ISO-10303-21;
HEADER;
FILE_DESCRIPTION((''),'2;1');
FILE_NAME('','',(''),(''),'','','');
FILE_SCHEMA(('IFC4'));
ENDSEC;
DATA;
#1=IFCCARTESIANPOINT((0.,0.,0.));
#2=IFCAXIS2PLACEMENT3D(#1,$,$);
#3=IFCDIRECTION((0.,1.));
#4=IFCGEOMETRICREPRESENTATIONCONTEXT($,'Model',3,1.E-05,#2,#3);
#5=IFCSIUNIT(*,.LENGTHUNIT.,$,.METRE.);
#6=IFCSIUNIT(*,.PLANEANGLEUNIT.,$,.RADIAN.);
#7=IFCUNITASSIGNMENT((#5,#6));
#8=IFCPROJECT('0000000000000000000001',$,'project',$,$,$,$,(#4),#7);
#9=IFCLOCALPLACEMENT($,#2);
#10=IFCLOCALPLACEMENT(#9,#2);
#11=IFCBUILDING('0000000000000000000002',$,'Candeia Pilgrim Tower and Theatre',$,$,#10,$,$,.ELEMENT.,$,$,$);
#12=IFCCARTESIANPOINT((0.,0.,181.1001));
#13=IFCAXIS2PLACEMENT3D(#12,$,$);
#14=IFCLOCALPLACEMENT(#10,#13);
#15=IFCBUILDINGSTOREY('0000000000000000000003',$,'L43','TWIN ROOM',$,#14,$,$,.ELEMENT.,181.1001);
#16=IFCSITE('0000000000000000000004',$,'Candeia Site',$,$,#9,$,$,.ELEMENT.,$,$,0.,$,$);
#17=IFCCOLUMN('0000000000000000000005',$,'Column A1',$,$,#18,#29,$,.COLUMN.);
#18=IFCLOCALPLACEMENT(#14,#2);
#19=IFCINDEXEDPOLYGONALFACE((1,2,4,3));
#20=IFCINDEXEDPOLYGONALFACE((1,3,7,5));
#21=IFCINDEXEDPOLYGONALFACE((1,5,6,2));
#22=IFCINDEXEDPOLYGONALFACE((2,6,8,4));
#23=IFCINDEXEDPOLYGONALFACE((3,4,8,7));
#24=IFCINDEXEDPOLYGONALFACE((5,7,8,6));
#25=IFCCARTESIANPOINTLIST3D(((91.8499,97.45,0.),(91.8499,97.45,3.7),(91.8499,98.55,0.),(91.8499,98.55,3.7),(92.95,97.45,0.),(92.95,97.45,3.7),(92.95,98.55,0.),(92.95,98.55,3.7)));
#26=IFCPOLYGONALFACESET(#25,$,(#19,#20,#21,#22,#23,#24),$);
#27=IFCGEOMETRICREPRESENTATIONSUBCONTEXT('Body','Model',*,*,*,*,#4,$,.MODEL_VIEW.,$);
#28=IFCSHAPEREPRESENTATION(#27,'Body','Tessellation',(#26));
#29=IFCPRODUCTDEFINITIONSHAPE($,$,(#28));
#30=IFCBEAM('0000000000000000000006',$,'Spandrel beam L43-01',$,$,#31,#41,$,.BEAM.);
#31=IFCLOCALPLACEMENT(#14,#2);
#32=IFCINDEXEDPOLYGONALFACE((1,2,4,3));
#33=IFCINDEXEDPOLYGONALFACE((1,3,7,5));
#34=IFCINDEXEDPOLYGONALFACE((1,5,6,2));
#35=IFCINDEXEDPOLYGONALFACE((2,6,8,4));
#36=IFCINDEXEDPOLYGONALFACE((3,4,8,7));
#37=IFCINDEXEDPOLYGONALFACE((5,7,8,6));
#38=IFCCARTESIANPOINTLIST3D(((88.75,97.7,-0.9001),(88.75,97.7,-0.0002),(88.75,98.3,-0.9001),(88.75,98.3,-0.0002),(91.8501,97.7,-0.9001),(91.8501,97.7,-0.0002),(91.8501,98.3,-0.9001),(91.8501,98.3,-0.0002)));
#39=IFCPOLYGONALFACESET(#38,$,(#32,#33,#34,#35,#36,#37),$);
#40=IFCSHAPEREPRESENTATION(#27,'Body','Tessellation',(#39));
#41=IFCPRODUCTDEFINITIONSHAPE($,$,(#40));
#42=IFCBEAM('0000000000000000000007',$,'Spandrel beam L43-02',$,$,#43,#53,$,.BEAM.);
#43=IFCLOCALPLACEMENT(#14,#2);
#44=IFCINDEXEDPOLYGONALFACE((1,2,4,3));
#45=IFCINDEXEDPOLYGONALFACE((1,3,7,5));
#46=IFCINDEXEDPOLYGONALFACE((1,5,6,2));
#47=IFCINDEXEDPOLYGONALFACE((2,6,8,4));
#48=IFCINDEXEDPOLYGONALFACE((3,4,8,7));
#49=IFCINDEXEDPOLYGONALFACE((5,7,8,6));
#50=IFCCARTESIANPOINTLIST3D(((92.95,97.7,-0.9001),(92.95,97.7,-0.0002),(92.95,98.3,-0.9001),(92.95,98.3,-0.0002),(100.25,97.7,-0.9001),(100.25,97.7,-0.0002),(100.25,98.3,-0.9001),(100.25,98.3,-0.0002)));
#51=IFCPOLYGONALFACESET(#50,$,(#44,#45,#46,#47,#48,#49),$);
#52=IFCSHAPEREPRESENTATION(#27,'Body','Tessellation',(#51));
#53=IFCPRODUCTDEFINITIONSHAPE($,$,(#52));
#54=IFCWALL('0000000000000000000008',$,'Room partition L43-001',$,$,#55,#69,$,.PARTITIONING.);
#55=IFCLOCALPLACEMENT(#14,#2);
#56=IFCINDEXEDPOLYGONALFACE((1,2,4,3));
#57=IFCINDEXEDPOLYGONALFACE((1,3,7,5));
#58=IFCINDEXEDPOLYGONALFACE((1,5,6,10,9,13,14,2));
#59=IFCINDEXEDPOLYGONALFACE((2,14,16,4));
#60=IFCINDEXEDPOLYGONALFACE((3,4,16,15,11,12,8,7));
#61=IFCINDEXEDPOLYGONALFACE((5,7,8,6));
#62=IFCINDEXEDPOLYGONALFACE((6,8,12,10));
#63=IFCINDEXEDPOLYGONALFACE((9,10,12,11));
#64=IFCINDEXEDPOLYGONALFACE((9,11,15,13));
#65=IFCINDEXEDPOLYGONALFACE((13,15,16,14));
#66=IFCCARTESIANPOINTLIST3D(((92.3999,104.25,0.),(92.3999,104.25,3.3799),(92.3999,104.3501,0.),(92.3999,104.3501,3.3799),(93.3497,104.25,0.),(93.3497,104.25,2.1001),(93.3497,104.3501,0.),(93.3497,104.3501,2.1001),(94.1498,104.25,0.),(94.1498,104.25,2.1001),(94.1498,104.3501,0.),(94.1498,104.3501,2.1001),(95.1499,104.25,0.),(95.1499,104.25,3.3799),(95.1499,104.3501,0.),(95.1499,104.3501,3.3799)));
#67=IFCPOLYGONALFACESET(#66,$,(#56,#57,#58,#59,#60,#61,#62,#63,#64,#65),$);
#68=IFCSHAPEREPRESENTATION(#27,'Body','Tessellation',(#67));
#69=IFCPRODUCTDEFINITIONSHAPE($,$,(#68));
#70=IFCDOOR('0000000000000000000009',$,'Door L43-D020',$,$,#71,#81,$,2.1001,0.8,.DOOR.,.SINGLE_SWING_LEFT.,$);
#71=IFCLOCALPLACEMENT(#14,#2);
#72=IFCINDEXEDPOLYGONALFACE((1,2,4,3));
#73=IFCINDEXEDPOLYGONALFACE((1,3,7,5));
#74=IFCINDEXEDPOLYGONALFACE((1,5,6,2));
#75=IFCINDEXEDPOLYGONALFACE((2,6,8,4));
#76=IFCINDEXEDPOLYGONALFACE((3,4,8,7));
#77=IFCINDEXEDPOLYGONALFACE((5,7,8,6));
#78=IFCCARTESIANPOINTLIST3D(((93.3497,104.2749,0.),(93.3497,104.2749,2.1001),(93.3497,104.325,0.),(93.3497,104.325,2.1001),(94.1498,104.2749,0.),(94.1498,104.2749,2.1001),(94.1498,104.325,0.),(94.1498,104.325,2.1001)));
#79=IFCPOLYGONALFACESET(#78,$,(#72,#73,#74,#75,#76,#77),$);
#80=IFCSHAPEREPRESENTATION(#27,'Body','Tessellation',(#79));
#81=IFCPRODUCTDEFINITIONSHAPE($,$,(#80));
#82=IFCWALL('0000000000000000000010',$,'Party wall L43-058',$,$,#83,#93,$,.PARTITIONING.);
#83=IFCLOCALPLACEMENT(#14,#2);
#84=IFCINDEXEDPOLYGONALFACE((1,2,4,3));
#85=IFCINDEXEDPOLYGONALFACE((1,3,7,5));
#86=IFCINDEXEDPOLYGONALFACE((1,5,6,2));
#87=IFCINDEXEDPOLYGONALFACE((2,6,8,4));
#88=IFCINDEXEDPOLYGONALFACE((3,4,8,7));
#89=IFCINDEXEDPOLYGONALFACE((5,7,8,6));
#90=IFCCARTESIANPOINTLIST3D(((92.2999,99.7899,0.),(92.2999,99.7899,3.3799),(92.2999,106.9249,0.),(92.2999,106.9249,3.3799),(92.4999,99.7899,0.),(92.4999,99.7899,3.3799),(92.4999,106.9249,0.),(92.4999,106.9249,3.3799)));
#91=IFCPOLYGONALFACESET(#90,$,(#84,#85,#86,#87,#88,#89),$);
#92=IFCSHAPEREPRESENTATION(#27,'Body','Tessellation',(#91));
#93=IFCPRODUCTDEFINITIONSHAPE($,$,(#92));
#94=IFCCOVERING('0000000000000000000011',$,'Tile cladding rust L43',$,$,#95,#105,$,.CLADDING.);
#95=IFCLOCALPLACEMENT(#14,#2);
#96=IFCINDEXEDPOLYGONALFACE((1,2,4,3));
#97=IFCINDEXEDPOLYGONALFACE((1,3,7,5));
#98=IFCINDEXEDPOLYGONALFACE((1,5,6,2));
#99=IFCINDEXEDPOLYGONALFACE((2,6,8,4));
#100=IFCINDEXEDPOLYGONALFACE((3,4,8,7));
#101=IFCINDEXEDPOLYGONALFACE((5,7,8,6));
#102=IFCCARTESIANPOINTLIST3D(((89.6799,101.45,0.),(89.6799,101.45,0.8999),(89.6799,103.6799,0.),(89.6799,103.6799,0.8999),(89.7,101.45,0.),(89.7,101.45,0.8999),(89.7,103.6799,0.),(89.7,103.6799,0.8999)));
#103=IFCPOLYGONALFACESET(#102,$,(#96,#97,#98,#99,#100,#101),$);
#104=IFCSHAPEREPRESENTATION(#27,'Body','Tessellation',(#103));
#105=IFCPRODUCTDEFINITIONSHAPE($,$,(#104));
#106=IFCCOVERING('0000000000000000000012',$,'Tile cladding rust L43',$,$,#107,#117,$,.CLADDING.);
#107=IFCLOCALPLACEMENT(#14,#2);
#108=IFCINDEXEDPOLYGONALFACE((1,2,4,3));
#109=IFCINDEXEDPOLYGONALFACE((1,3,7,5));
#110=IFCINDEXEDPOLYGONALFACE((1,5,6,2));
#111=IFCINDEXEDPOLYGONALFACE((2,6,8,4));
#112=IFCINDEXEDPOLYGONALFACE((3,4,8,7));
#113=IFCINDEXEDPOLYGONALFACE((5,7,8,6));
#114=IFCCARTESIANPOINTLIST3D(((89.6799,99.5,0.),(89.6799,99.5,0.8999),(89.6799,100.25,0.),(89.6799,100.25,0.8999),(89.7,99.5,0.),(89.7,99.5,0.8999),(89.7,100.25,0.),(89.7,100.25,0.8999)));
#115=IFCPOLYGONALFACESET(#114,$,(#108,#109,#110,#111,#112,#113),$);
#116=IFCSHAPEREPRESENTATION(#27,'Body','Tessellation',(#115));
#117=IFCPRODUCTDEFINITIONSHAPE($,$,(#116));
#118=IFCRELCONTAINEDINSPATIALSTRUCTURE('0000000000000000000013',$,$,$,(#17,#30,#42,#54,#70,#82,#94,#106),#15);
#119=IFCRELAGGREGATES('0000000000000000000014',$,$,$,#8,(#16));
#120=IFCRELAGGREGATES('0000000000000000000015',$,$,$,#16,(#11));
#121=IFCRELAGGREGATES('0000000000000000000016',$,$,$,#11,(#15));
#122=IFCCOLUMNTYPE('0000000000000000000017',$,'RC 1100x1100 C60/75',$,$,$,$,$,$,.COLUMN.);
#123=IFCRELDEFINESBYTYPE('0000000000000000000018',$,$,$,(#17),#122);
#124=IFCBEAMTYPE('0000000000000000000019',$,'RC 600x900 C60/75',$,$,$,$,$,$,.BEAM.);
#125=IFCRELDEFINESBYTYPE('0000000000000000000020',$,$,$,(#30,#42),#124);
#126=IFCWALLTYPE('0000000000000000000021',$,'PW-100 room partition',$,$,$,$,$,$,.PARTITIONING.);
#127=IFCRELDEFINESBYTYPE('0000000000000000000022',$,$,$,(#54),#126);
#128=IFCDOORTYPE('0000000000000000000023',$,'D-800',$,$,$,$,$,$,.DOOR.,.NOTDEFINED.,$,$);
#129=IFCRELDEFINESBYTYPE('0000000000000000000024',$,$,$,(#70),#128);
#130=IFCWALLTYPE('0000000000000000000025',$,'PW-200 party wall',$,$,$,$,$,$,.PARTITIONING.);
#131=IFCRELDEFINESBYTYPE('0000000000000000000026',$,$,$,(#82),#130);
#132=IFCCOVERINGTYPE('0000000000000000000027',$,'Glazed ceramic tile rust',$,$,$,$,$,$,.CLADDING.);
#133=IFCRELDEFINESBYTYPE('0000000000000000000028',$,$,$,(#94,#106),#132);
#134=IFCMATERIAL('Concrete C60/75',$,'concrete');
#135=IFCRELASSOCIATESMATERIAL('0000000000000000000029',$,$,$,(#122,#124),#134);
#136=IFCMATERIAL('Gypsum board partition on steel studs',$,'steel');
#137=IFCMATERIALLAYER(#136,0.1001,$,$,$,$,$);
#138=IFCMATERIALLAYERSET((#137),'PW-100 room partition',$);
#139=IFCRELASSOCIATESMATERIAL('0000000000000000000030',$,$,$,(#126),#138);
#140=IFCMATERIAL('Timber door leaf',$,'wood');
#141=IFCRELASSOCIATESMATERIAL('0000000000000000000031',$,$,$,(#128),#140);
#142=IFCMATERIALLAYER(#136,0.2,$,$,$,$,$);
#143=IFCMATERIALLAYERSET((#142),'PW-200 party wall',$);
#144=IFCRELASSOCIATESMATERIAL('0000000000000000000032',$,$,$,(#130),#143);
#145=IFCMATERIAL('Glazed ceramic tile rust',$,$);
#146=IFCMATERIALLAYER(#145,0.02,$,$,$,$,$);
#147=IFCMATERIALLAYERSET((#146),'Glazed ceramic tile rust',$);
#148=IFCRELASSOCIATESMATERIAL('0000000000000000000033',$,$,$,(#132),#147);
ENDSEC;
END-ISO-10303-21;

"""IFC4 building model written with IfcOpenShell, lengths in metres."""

from ifc_helpers import new_model, si_unit, direction, frame, frame_2d, origin, origin_2d, place, context, subcontext, project, spatial, rectangle, extrude, material, layer, layer_set, material_profile, profile_set, type_object, element, fill, save


model = new_model("IFC4")

# Units and contexts
model_context = context("Model", 3, precision=1e-05, world=origin(), true_north=direction((0.0, 1.0)))
body_context = subcontext(model_context, "Body", "Model", "MODEL_VIEW")
ifc_project = project(units=[si_unit("LENGTHUNIT", "METRE"), si_unit("PLANEANGLEUNIT", "RADIAN")], contexts=[model_context])

# Site, building, storey
site_placement = place(None, origin())
site = spatial("IfcSite", under=ifc_project, at=site_placement, Name="Candeia Site", CompositionType="ELEMENT", RefElevation=0.0)
building_placement = place(site_placement, origin())
building = spatial("IfcBuilding", under=site, at=building_placement, Name="Candeia Pilgrim Tower and Theatre", CompositionType="ELEMENT")
storey_placement = place(building_placement, frame((0.0, 0.0, 181.1001)))
storey = spatial("IfcBuildingStorey", under=building, at=storey_placement, Name="L43", Description="TWIN ROOM", CompositionType="ELEMENT", Elevation=181.1001)

# Column
ifc_material_1 = material(Name="Concrete C60/75", Category="concrete")
ifc_material_profile_1 = material_profile(ifc_material_1, rectangle(XDim=1.1001, YDim=1.1001, at=origin_2d()))
ifc_profile_set_1 = profile_set([ifc_material_profile_1], Name="Concrete C60/75")
column_type = type_object("IfcColumnType", Name="RC 1100x1100 C60/75", PredefinedType="COLUMN", material=ifc_profile_set_1)
column_placement = place(storey_placement, frame((92.3999, 98.0, 0.0), z_axis=(0.0, 0.0, 1.0), x_axis=(1.0, 0.0, 0.0)))
element("IfcColumn", 1, at=column_placement, inside=storey, type_object=column_type, Name="Column A1", PredefinedType="COLUMN", context=body_context, shape_type="SweptSolid", body=[
    extrude(rectangle(XDim=1.1001, YDim=1.1001, at=origin_2d()), origin(), (0.0, 0.0, 1.0), 3.7),
])

# Beams
ifc_material_profile_2 = material_profile(ifc_material_1, rectangle(XDim=0.6001, YDim=0.8999, at=origin_2d()))
ifc_profile_set_2 = profile_set([ifc_material_profile_2], Name="Concrete C60/75")
beam_type = type_object("IfcBeamType", Name="RC 600x900 C60/75", PredefinedType="BEAM", material=ifc_profile_set_2)
beam_1_placement = place(storey_placement, frame((88.75, 98.0, -0.4502), z_axis=(1.0, 0.0, 0.0), x_axis=(0.0, 1.0, 0.0)))
element("IfcBeam", 2, at=beam_1_placement, inside=storey, type_object=beam_type, Name="Spandrel beam L43-01", PredefinedType="BEAM", context=body_context, shape_type="SweptSolid", body=[
    extrude(rectangle(XDim=0.6001, YDim=0.8999, at=origin_2d()), origin(), (0.0, 0.0, 1.0), 3.1001),
])
beam_2_placement = place(storey_placement, frame((92.95, 98.0, -0.4502), z_axis=(1.0, 0.0, 0.0), x_axis=(0.0, 1.0, 0.0)))
element("IfcBeam", 3, at=beam_2_placement, inside=storey, type_object=beam_type, Name="Spandrel beam L43-02", PredefinedType="BEAM", context=body_context, shape_type="SweptSolid", body=[
    extrude(rectangle(XDim=0.6001, YDim=0.8999, at=origin_2d()), origin(), (0.0, 0.0, 1.0), 7.3),
])

# Wall, opening, door
ifc_material_2 = material(Name="Gypsum board partition on steel studs", Category="steel")
ifc_layer_1 = layer(ifc_material_2, 0.1001)
ifc_layer_set_1 = layer_set([ifc_layer_1], Name="PW-100 room partition")
wall_type_1 = type_object("IfcWallType", Name="PW-100 room partition", PredefinedType="PARTITIONING", material=ifc_layer_set_1)
wall_1_placement = place(storey_placement, frame((92.3999, 104.3, 0.0), z_axis=(0.0, 0.0, 1.0), x_axis=(1.0, 0.0, 0.0)))
wall_1 = element("IfcWall", 4, at=wall_1_placement, inside=storey, type_object=wall_type_1, Name="Room partition L43-001", PredefinedType="PARTITIONING", context=body_context, shape_type="SweptSolid", body=[
    extrude(rectangle(XDim=2.75, YDim=0.1001, at=frame_2d((1.375, 0.0))), origin(), (0.0, 0.0, 1.0), 3.3799),
])
opening_1_placement = place(wall_1_placement, frame((0.95, 0.0, 0.0)))
opening_1 = element("IfcOpeningElement", 5, at=opening_1_placement, cuts=wall_1, PredefinedType="OPENING", context=body_context, shape_type="SweptSolid", body=[
    extrude(rectangle(XDim=0.8, YDim=2.1001, at=frame_2d((0.3999, 1.05))), frame((0.0, 0.0601, 0.0), z_axis=(0.0, -1.0, 0.0), x_axis=(1.0, 0.0, 0.0)), (0.0, 0.0, 1.0), 0.1201),
])
ifc_material_3 = material(Name="Timber door leaf", Category="wood")
door_type_1 = type_object("IfcDoorType", Name="D-800", OperationType="NOTDEFINED", PredefinedType="DOOR", material=ifc_material_3)
door_1_placement = place(opening_1_placement, origin())
door_1 = element("IfcDoor", 6, at=door_1_placement, inside=storey, type_object=door_type_1, Name="Door L43-D020", OperationType="SINGLE_SWING_LEFT", OverallHeight=2.1001, OverallWidth=0.8, PredefinedType="DOOR", context=body_context, shape_type="SweptSolid", body=[
    extrude(rectangle(XDim=0.8, YDim=2.1001, at=frame_2d((0.3999, 1.05))), frame((0.0, 0.0249, 0.0), z_axis=(0.0, -1.0, 0.0), x_axis=(1.0, 0.0, 0.0)), (0.0, 0.0, 1.0), 0.05),
])
fill(opening_1, door_1)

# Wall
ifc_layer_2 = layer(ifc_material_2, 0.2)
ifc_layer_set_2 = layer_set([ifc_layer_2], Name="PW-200 party wall")
wall_type_2 = type_object("IfcWallType", Name="PW-200 party wall", PredefinedType="PARTITIONING", material=ifc_layer_set_2)
wall_2_placement = place(storey_placement, frame((92.3999, 99.79, 0.0), z_axis=(0.0, 0.0, 1.0), x_axis=(0.0, 1.0, 0.0)))
element("IfcWall", 7, at=wall_2_placement, inside=storey, type_object=wall_type_2, Name="Party wall L43-058", PredefinedType="PARTITIONING", context=body_context, shape_type="SweptSolid", body=[
    extrude(rectangle(XDim=7.135, YDim=0.2, at=frame_2d((3.5674, 0.0))), origin(), (0.0, 0.0, 1.0), 3.3799),
])

# Coverings
ifc_material_4 = material(Name="Glazed ceramic tile rust")
ifc_layer_3 = layer(ifc_material_4, 0.02)
ifc_layer_set_3 = layer_set([ifc_layer_3], Name="Glazed ceramic tile rust")
covering_type = type_object("IfcCoveringType", Name="Glazed ceramic tile rust", PredefinedType="CLADDING", material=ifc_layer_set_3)
covering_1_placement = place(storey_placement, frame((89.6899, 102.5649, 0.0), z_axis=(0.0, 0.0, 1.0), x_axis=(0.0, -1.0, 0.0)))
element("IfcCovering", 8, at=covering_1_placement, inside=storey, type_object=covering_type, Name="Tile cladding rust L43", PredefinedType="CLADDING", context=body_context, shape_type="SweptSolid", body=[
    extrude(rectangle(XDim=2.23, YDim=0.02, at=origin_2d()), origin(), (0.0, 0.0, 1.0), 0.8999),
])
covering_2_placement = place(storey_placement, frame((89.6899, 99.875, 0.0), z_axis=(0.0, 0.0, 1.0), x_axis=(0.0, -1.0, 0.0)))
element("IfcCovering", 9, at=covering_2_placement, inside=storey, type_object=covering_type, Name="Tile cladding rust L43", PredefinedType="CLADDING", context=body_context, shape_type="SweptSolid", body=[
    extrude(rectangle(XDim=0.75, YDim=0.02, at=origin_2d()), origin(), (0.0, 0.0, 1.0), 0.8999),
])

save(model, "model.ifc")
